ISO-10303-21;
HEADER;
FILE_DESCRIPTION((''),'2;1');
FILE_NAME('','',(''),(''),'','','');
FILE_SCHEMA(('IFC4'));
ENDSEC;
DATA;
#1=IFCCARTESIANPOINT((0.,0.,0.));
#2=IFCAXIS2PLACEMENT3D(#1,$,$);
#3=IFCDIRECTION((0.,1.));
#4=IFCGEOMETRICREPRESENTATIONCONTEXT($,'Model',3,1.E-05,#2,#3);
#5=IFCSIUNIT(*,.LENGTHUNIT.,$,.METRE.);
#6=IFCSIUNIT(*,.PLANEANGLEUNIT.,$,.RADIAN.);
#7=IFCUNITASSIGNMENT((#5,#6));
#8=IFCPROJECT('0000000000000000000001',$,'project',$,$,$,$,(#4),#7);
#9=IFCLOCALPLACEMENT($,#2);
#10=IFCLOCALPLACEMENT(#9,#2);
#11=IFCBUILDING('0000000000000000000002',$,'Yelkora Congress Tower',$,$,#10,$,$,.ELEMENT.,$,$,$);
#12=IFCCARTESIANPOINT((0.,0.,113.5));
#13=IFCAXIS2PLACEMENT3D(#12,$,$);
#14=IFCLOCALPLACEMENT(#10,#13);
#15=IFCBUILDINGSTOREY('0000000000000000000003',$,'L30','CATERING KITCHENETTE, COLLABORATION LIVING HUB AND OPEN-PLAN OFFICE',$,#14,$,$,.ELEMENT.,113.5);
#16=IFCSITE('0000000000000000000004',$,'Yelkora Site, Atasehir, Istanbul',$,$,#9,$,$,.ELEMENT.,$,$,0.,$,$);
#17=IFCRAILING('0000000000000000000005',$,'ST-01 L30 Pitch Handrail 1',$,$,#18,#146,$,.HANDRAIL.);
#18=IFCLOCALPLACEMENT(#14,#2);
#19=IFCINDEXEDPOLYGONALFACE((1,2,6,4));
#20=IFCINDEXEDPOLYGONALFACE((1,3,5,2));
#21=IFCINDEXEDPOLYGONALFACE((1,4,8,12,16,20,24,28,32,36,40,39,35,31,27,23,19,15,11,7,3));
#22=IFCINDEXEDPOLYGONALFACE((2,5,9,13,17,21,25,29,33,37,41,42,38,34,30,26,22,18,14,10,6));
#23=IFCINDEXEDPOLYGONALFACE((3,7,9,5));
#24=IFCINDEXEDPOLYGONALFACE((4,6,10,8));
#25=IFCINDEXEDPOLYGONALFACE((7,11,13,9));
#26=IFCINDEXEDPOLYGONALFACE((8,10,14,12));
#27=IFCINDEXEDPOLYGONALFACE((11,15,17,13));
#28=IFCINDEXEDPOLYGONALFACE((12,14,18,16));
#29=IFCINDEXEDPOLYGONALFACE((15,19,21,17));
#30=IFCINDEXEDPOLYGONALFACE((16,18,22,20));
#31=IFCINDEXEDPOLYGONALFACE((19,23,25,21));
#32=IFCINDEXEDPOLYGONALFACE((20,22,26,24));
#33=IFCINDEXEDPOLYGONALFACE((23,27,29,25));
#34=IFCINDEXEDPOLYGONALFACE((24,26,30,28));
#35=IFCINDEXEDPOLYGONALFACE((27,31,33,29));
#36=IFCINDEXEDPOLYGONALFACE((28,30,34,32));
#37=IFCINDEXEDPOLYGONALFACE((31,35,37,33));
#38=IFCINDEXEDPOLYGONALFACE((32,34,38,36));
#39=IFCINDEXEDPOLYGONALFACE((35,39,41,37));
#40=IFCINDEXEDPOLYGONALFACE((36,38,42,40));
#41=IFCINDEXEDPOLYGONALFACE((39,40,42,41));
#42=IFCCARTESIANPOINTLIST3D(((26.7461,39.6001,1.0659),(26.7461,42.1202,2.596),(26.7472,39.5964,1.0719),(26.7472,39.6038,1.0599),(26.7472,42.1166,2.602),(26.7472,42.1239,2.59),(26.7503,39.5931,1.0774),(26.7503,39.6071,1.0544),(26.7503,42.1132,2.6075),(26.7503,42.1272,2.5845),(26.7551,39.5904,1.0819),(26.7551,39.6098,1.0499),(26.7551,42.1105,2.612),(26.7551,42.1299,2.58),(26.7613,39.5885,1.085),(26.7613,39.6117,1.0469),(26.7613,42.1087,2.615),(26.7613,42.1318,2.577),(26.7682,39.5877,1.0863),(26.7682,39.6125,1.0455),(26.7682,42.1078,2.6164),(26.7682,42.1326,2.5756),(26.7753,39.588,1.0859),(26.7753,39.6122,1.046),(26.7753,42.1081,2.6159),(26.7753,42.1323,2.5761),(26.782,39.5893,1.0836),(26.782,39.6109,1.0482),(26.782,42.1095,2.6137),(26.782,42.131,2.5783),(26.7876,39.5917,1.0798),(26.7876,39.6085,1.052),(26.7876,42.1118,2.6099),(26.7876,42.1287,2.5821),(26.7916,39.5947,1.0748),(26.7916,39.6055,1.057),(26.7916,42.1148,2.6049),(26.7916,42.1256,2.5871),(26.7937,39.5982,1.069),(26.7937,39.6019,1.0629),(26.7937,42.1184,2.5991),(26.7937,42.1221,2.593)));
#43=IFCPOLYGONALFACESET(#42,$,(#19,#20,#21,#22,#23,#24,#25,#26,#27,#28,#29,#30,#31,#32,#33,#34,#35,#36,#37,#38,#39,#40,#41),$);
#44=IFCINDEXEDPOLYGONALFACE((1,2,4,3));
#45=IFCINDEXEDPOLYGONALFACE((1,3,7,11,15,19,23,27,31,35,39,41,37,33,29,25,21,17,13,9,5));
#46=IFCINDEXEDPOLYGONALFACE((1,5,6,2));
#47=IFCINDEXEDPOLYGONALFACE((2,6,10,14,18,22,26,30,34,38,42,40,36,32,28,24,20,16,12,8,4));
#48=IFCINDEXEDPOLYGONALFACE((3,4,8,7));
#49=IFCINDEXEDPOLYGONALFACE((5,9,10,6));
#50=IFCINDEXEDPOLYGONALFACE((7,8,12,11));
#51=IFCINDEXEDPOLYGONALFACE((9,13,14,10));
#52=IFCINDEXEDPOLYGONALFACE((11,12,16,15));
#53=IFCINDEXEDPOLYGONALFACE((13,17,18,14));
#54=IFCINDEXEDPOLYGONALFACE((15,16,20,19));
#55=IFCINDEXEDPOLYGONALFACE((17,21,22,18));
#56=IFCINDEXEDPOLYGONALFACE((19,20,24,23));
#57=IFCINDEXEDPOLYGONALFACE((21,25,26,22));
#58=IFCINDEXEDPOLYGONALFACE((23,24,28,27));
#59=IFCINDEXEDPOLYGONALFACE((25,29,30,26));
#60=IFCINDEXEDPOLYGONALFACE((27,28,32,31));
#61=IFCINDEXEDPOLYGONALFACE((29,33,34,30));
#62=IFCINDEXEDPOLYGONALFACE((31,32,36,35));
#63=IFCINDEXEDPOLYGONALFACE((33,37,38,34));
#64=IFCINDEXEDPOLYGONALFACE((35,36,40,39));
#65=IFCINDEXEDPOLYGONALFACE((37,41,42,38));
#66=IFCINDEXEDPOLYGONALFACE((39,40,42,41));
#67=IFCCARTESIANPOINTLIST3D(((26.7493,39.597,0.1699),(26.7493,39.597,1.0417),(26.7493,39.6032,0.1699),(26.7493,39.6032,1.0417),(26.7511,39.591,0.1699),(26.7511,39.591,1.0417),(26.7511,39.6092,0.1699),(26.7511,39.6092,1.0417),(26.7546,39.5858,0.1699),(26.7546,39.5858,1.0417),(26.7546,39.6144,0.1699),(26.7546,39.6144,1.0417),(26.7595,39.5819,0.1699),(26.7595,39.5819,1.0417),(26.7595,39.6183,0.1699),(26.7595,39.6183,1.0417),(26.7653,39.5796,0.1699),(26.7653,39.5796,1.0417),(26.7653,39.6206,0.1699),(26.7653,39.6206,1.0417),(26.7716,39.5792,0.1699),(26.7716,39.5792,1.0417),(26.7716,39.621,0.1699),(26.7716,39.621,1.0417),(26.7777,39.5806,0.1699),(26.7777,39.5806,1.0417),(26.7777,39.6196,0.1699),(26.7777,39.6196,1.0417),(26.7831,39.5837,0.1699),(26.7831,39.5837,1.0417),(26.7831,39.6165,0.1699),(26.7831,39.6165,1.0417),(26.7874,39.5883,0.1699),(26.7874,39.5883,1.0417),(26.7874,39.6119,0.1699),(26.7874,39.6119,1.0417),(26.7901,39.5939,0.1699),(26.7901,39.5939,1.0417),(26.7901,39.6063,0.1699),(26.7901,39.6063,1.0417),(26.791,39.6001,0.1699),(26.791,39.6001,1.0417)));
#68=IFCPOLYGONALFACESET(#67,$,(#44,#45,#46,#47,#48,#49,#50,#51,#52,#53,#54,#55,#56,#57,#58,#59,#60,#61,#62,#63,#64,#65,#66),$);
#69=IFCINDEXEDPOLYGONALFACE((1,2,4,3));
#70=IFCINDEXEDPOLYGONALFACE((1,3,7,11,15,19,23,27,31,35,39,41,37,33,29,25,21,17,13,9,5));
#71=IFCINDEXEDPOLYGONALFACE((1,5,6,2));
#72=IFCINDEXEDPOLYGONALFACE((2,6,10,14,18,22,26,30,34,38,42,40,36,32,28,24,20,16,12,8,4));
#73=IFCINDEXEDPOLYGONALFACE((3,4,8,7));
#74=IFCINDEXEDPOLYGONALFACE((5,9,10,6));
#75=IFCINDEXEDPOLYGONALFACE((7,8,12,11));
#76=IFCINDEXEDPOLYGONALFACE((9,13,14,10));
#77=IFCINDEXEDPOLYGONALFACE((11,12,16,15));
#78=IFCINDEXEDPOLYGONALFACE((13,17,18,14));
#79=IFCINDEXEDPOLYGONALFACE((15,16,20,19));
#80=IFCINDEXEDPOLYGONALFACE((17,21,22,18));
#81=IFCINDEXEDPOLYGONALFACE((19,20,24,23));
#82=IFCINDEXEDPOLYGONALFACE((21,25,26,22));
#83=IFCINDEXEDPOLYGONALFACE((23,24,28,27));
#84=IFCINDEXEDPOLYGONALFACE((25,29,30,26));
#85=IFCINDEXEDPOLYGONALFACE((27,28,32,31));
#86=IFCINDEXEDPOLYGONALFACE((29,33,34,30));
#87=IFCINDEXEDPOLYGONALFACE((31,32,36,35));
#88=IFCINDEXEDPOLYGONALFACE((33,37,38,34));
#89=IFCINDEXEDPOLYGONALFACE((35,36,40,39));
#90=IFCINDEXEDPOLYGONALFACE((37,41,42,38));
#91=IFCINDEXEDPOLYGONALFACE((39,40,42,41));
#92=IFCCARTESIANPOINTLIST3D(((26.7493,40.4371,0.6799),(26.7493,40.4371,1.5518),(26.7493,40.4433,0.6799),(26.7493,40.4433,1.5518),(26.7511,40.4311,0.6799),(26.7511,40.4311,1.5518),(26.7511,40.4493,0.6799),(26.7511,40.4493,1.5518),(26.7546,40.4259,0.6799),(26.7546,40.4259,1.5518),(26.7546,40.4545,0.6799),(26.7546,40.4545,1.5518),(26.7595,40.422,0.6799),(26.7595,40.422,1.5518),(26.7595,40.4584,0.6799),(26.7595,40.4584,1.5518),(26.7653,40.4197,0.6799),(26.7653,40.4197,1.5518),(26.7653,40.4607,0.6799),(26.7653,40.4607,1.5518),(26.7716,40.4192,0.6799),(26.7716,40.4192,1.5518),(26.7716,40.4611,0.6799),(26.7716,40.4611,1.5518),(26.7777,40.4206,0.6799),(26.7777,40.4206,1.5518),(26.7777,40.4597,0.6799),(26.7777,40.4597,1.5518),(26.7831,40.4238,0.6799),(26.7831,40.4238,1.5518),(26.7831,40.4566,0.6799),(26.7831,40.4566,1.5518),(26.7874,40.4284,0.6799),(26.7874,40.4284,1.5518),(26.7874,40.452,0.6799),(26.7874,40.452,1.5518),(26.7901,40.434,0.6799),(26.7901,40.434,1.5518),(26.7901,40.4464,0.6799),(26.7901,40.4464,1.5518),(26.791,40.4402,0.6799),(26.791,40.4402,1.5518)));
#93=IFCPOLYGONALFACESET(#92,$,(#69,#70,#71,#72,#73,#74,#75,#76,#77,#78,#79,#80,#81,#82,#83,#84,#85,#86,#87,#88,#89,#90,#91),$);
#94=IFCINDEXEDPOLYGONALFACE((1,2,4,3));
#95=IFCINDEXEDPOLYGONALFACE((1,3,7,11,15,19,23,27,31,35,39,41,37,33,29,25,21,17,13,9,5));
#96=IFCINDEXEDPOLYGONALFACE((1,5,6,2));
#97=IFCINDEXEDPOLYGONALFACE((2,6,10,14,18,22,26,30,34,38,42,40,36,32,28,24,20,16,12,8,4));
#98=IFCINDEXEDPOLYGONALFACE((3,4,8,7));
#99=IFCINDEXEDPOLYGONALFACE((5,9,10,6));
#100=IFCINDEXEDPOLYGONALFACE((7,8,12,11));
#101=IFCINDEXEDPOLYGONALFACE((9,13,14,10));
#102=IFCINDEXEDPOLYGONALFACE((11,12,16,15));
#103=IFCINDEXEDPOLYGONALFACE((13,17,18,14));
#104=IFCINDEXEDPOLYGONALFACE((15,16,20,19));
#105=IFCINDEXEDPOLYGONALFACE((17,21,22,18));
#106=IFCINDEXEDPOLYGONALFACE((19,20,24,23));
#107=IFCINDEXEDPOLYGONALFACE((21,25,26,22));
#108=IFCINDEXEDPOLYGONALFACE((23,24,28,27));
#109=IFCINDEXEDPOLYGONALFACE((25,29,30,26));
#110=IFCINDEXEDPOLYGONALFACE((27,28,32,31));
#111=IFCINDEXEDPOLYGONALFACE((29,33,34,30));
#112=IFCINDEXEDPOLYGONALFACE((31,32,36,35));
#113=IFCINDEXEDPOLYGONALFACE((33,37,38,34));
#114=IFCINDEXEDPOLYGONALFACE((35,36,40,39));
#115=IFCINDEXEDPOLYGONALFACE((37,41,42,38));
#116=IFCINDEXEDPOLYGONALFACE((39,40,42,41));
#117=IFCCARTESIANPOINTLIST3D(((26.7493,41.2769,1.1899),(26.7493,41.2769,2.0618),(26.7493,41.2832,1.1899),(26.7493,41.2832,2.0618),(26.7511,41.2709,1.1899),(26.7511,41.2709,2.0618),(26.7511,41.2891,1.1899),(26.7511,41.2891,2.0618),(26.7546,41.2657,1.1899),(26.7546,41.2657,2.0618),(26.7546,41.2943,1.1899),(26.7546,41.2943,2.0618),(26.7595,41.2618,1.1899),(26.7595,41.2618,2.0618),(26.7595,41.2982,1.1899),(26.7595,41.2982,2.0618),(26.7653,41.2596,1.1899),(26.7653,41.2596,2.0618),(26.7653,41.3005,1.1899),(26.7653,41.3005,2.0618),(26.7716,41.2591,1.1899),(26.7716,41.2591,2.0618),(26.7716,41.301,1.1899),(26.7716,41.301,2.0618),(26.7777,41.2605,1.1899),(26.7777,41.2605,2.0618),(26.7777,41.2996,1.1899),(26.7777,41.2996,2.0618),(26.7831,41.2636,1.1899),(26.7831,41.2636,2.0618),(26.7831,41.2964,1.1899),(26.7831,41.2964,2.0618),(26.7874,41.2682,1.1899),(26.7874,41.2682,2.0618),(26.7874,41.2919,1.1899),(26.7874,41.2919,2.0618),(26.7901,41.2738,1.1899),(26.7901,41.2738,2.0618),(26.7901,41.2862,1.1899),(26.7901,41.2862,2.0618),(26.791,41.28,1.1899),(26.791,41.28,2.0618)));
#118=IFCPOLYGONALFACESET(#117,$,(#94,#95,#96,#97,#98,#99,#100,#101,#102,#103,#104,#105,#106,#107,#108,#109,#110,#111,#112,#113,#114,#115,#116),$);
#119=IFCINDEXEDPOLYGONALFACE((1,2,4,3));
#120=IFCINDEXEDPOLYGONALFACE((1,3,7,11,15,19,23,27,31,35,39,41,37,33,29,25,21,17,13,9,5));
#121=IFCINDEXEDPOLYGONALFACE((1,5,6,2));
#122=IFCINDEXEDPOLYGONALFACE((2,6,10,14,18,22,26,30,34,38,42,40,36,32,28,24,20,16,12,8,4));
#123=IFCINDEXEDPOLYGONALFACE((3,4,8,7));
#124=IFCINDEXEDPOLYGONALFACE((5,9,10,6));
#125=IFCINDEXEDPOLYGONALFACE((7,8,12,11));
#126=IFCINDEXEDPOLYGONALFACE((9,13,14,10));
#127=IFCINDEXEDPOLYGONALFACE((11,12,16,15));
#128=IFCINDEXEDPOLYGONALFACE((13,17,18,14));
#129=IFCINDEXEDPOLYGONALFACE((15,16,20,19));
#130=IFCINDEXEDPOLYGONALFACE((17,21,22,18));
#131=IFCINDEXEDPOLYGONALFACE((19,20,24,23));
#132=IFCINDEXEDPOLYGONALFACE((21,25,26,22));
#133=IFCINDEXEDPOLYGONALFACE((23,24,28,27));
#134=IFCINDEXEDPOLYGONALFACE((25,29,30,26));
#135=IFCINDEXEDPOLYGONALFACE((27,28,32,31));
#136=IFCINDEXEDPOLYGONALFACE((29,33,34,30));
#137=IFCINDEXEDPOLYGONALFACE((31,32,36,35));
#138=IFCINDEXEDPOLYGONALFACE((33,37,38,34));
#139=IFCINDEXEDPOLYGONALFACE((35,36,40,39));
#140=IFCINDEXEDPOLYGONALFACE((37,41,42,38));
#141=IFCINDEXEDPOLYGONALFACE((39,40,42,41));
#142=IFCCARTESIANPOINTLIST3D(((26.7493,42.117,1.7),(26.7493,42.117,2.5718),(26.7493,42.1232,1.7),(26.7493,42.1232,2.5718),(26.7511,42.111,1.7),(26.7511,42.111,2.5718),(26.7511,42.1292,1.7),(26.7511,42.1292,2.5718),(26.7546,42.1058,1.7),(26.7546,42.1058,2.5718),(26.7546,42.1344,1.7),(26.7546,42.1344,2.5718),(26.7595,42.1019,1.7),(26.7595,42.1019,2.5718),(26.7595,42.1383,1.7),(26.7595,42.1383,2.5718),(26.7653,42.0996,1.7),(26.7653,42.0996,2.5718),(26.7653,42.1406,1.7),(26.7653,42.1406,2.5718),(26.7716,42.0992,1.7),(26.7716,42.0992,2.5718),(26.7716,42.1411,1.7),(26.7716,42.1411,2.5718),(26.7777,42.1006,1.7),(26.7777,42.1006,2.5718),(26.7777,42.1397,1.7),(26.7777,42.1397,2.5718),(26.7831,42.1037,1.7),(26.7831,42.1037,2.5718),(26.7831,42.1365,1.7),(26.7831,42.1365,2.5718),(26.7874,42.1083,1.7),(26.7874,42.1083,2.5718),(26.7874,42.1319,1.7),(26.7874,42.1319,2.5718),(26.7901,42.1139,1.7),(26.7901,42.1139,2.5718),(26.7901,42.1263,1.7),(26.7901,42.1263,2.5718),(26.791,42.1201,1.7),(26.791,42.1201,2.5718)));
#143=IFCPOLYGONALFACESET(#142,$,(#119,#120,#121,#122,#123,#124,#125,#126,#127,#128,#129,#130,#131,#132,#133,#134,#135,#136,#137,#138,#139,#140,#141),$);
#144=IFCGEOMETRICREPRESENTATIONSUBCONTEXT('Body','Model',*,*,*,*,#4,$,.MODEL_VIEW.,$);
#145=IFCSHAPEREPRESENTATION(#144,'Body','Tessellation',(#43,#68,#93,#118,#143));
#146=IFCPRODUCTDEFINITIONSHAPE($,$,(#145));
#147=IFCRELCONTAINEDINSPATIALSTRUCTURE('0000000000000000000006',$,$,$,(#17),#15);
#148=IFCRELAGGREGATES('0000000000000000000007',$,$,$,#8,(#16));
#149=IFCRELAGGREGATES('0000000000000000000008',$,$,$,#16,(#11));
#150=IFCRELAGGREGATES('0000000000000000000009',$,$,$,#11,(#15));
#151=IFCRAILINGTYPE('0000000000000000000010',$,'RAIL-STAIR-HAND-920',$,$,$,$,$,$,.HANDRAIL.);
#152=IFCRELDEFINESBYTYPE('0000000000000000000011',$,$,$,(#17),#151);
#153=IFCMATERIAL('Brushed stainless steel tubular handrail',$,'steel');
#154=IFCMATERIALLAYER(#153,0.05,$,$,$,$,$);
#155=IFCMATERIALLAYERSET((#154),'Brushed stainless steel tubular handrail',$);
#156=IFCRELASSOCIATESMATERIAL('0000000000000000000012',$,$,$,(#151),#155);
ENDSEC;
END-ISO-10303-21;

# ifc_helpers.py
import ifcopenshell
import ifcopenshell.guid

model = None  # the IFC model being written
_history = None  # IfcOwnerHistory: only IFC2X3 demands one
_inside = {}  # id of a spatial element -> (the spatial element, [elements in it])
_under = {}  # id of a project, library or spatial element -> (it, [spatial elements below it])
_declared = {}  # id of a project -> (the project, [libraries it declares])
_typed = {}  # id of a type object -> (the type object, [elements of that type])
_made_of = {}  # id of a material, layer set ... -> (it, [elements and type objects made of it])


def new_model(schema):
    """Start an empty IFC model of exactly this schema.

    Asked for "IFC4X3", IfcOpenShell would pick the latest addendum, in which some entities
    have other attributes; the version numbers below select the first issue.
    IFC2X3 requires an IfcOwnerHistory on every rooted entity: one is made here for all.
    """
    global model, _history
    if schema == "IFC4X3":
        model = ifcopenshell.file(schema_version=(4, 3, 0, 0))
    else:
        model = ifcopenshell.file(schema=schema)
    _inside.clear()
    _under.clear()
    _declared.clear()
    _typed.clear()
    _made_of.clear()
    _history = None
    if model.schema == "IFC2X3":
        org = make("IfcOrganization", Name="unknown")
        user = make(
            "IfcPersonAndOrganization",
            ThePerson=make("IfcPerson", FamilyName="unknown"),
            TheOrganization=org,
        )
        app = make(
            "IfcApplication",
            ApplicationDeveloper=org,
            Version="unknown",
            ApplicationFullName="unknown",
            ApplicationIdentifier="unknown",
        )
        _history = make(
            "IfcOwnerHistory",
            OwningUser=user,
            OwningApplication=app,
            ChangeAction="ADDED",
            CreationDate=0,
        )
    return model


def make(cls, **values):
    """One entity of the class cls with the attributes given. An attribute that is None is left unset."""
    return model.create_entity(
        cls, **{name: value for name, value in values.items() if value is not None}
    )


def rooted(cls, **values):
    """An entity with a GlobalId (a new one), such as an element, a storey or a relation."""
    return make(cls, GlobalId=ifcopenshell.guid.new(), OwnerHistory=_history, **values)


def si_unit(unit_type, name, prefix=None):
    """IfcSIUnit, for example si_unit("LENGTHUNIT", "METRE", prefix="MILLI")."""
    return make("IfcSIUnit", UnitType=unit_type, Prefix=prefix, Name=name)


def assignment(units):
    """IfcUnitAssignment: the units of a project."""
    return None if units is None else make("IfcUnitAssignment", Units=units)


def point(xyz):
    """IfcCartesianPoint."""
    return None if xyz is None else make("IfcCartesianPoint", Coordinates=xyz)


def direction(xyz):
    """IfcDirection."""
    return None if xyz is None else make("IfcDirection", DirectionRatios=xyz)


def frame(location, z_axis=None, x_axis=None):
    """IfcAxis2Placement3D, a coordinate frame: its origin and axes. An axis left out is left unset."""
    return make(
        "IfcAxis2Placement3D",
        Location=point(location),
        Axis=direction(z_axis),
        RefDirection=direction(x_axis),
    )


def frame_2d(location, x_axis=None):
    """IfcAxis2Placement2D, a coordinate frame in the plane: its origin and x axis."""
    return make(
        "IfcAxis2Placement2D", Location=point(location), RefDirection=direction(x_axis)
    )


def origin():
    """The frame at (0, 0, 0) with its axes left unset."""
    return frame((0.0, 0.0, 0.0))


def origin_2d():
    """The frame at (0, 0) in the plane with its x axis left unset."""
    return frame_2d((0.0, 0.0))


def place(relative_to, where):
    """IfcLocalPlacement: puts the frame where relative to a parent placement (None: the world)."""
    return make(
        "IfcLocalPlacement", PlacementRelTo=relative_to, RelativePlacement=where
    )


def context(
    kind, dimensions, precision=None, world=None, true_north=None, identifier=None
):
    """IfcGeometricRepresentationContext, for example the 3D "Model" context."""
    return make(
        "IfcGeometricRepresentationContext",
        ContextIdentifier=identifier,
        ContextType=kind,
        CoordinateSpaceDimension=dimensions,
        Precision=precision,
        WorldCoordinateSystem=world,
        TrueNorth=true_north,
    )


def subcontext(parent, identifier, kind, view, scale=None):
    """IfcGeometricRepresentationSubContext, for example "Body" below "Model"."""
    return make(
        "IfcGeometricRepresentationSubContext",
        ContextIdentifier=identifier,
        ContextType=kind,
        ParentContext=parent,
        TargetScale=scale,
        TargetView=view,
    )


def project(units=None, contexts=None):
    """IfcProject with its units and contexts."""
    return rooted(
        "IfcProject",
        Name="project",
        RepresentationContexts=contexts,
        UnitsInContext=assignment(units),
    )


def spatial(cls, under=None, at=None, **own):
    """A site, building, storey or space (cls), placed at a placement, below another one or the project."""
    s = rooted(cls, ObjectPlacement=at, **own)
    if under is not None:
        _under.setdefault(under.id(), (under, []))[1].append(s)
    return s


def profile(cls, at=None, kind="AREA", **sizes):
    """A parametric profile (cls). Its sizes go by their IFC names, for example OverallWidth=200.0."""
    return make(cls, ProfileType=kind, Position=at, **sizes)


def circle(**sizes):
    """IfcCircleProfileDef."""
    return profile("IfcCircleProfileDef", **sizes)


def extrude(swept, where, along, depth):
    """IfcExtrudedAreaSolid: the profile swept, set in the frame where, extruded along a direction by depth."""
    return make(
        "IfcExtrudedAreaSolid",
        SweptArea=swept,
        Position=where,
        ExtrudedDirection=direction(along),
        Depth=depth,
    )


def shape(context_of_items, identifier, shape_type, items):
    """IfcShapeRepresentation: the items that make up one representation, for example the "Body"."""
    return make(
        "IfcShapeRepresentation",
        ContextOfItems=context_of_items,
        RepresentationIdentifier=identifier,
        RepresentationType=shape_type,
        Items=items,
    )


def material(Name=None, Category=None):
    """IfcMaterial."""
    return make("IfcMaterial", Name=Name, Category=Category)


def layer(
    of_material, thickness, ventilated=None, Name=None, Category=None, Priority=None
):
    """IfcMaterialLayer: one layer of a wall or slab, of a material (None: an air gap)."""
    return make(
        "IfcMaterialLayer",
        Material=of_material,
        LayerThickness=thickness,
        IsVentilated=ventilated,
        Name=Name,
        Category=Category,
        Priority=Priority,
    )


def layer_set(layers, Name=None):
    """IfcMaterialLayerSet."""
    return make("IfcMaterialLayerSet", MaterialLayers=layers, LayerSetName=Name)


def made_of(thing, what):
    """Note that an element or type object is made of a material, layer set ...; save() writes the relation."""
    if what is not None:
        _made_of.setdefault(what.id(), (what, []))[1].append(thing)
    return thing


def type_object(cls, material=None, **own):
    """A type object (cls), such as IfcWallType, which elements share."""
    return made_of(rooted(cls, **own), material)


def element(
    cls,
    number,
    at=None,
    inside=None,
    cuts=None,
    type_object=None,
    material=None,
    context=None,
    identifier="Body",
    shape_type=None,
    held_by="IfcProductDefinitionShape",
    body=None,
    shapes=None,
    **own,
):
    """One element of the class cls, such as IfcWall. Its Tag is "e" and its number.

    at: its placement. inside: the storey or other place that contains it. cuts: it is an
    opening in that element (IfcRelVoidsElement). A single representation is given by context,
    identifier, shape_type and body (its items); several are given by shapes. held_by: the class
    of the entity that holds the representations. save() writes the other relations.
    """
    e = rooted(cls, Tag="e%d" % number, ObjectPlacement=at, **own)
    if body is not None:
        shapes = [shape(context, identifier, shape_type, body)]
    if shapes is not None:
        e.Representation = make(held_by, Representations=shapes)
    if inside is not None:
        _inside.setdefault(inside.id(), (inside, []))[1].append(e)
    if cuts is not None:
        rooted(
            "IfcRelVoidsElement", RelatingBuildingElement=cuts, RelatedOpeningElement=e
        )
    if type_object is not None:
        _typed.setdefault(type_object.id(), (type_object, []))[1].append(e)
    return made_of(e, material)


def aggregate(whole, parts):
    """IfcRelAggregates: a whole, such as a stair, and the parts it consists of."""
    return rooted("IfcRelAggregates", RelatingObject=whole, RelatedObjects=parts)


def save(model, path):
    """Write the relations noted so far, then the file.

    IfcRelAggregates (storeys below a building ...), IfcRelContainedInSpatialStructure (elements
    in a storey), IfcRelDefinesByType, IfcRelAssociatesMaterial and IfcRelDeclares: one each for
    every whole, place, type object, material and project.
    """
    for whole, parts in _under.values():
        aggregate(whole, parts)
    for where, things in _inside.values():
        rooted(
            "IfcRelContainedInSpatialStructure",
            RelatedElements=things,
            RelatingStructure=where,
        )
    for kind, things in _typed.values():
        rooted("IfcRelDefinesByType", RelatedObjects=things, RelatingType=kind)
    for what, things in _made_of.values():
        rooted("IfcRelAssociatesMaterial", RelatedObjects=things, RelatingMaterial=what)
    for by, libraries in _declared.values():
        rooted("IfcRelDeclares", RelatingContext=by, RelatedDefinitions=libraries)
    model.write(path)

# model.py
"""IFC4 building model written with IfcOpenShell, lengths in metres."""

from ifc_helpers import new_model, si_unit, direction, frame, origin, origin_2d, place, context, subcontext, project, spatial, circle, extrude, material, layer, layer_set, type_object, element, save


model = new_model("IFC4")

# Units and contexts
model_context = context("Model", 3, precision=1e-05, world=origin(), true_north=direction((0.0, 1.0)))
body_context = subcontext(model_context, "Body", "Model", "MODEL_VIEW")
ifc_project = project(units=[si_unit("LENGTHUNIT", "METRE"), si_unit("PLANEANGLEUNIT", "RADIAN")], contexts=[model_context])

# Site, building, storey
site_placement = place(None, origin())
site = spatial("IfcSite", under=ifc_project, at=site_placement, Name="Yelkora Site, Atasehir, Istanbul", CompositionType="ELEMENT", RefElevation=0.0)
building_placement = place(site_placement, origin())
building = spatial("IfcBuilding", under=site, at=building_placement, Name="Yelkora Congress Tower", CompositionType="ELEMENT")
storey_placement = place(building_placement, frame((0.0, 0.0, 113.5)))
storey = spatial("IfcBuildingStorey", under=building, at=storey_placement, Name="L30", Description="CATERING KITCHENETTE, COLLABORATION LIVING HUB AND OPEN-PLAN OFFICE", CompositionType="ELEMENT", Elevation=113.5)

# Railing
ifc_material_1 = material(Name="Brushed stainless steel tubular handrail", Category="steel")
ifc_layer_1 = layer(ifc_material_1, 0.05)
ifc_layer_set_1 = layer_set([ifc_layer_1], Name="Brushed stainless steel tubular handrail")
railing_type_1 = type_object("IfcRailingType", Name="RAIL-STAIR-HAND-920", PredefinedType="HANDRAIL", material=ifc_layer_set_1)
railing_1_placement = place(storey_placement, frame((26.77, 39.6001, 0.1699)))
element("IfcRailing", 1, at=railing_1_placement, inside=storey, type_object=railing_type_1, Name="ST-01 L30 Pitch Handrail 1", PredefinedType="HANDRAIL", context=body_context, shape_type="SweptSolid", body=[
    extrude(circle(Radius=0.0239, at=origin_2d()), frame((0.0, 0.0, 0.896), z_axis=(0.0, 0.854785, 0.518982), x_axis=(-1.0, 0.0, 0.0)), (0.0, 0.0, 1.0), 2.9482),
    extrude(circle(Radius=0.021, at=origin_2d()), origin(), (0.0, 0.0, 1.0), 0.8718),
    extrude(circle(Radius=0.021, at=origin_2d()), frame((0.0, 0.8401, 0.51)), (0.0, 0.0, 1.0), 0.8718),
    extrude(circle(Radius=0.021, at=origin_2d()), frame((0.0, 1.6799, 1.02)), (0.0, 0.0, 1.0), 0.8718),
    extrude(circle(Radius=0.021, at=origin_2d()), frame((0.0, 2.52, 1.53)), (0.0, 0.0, 1.0), 0.8718),
])

save(model, "model.ifc")
